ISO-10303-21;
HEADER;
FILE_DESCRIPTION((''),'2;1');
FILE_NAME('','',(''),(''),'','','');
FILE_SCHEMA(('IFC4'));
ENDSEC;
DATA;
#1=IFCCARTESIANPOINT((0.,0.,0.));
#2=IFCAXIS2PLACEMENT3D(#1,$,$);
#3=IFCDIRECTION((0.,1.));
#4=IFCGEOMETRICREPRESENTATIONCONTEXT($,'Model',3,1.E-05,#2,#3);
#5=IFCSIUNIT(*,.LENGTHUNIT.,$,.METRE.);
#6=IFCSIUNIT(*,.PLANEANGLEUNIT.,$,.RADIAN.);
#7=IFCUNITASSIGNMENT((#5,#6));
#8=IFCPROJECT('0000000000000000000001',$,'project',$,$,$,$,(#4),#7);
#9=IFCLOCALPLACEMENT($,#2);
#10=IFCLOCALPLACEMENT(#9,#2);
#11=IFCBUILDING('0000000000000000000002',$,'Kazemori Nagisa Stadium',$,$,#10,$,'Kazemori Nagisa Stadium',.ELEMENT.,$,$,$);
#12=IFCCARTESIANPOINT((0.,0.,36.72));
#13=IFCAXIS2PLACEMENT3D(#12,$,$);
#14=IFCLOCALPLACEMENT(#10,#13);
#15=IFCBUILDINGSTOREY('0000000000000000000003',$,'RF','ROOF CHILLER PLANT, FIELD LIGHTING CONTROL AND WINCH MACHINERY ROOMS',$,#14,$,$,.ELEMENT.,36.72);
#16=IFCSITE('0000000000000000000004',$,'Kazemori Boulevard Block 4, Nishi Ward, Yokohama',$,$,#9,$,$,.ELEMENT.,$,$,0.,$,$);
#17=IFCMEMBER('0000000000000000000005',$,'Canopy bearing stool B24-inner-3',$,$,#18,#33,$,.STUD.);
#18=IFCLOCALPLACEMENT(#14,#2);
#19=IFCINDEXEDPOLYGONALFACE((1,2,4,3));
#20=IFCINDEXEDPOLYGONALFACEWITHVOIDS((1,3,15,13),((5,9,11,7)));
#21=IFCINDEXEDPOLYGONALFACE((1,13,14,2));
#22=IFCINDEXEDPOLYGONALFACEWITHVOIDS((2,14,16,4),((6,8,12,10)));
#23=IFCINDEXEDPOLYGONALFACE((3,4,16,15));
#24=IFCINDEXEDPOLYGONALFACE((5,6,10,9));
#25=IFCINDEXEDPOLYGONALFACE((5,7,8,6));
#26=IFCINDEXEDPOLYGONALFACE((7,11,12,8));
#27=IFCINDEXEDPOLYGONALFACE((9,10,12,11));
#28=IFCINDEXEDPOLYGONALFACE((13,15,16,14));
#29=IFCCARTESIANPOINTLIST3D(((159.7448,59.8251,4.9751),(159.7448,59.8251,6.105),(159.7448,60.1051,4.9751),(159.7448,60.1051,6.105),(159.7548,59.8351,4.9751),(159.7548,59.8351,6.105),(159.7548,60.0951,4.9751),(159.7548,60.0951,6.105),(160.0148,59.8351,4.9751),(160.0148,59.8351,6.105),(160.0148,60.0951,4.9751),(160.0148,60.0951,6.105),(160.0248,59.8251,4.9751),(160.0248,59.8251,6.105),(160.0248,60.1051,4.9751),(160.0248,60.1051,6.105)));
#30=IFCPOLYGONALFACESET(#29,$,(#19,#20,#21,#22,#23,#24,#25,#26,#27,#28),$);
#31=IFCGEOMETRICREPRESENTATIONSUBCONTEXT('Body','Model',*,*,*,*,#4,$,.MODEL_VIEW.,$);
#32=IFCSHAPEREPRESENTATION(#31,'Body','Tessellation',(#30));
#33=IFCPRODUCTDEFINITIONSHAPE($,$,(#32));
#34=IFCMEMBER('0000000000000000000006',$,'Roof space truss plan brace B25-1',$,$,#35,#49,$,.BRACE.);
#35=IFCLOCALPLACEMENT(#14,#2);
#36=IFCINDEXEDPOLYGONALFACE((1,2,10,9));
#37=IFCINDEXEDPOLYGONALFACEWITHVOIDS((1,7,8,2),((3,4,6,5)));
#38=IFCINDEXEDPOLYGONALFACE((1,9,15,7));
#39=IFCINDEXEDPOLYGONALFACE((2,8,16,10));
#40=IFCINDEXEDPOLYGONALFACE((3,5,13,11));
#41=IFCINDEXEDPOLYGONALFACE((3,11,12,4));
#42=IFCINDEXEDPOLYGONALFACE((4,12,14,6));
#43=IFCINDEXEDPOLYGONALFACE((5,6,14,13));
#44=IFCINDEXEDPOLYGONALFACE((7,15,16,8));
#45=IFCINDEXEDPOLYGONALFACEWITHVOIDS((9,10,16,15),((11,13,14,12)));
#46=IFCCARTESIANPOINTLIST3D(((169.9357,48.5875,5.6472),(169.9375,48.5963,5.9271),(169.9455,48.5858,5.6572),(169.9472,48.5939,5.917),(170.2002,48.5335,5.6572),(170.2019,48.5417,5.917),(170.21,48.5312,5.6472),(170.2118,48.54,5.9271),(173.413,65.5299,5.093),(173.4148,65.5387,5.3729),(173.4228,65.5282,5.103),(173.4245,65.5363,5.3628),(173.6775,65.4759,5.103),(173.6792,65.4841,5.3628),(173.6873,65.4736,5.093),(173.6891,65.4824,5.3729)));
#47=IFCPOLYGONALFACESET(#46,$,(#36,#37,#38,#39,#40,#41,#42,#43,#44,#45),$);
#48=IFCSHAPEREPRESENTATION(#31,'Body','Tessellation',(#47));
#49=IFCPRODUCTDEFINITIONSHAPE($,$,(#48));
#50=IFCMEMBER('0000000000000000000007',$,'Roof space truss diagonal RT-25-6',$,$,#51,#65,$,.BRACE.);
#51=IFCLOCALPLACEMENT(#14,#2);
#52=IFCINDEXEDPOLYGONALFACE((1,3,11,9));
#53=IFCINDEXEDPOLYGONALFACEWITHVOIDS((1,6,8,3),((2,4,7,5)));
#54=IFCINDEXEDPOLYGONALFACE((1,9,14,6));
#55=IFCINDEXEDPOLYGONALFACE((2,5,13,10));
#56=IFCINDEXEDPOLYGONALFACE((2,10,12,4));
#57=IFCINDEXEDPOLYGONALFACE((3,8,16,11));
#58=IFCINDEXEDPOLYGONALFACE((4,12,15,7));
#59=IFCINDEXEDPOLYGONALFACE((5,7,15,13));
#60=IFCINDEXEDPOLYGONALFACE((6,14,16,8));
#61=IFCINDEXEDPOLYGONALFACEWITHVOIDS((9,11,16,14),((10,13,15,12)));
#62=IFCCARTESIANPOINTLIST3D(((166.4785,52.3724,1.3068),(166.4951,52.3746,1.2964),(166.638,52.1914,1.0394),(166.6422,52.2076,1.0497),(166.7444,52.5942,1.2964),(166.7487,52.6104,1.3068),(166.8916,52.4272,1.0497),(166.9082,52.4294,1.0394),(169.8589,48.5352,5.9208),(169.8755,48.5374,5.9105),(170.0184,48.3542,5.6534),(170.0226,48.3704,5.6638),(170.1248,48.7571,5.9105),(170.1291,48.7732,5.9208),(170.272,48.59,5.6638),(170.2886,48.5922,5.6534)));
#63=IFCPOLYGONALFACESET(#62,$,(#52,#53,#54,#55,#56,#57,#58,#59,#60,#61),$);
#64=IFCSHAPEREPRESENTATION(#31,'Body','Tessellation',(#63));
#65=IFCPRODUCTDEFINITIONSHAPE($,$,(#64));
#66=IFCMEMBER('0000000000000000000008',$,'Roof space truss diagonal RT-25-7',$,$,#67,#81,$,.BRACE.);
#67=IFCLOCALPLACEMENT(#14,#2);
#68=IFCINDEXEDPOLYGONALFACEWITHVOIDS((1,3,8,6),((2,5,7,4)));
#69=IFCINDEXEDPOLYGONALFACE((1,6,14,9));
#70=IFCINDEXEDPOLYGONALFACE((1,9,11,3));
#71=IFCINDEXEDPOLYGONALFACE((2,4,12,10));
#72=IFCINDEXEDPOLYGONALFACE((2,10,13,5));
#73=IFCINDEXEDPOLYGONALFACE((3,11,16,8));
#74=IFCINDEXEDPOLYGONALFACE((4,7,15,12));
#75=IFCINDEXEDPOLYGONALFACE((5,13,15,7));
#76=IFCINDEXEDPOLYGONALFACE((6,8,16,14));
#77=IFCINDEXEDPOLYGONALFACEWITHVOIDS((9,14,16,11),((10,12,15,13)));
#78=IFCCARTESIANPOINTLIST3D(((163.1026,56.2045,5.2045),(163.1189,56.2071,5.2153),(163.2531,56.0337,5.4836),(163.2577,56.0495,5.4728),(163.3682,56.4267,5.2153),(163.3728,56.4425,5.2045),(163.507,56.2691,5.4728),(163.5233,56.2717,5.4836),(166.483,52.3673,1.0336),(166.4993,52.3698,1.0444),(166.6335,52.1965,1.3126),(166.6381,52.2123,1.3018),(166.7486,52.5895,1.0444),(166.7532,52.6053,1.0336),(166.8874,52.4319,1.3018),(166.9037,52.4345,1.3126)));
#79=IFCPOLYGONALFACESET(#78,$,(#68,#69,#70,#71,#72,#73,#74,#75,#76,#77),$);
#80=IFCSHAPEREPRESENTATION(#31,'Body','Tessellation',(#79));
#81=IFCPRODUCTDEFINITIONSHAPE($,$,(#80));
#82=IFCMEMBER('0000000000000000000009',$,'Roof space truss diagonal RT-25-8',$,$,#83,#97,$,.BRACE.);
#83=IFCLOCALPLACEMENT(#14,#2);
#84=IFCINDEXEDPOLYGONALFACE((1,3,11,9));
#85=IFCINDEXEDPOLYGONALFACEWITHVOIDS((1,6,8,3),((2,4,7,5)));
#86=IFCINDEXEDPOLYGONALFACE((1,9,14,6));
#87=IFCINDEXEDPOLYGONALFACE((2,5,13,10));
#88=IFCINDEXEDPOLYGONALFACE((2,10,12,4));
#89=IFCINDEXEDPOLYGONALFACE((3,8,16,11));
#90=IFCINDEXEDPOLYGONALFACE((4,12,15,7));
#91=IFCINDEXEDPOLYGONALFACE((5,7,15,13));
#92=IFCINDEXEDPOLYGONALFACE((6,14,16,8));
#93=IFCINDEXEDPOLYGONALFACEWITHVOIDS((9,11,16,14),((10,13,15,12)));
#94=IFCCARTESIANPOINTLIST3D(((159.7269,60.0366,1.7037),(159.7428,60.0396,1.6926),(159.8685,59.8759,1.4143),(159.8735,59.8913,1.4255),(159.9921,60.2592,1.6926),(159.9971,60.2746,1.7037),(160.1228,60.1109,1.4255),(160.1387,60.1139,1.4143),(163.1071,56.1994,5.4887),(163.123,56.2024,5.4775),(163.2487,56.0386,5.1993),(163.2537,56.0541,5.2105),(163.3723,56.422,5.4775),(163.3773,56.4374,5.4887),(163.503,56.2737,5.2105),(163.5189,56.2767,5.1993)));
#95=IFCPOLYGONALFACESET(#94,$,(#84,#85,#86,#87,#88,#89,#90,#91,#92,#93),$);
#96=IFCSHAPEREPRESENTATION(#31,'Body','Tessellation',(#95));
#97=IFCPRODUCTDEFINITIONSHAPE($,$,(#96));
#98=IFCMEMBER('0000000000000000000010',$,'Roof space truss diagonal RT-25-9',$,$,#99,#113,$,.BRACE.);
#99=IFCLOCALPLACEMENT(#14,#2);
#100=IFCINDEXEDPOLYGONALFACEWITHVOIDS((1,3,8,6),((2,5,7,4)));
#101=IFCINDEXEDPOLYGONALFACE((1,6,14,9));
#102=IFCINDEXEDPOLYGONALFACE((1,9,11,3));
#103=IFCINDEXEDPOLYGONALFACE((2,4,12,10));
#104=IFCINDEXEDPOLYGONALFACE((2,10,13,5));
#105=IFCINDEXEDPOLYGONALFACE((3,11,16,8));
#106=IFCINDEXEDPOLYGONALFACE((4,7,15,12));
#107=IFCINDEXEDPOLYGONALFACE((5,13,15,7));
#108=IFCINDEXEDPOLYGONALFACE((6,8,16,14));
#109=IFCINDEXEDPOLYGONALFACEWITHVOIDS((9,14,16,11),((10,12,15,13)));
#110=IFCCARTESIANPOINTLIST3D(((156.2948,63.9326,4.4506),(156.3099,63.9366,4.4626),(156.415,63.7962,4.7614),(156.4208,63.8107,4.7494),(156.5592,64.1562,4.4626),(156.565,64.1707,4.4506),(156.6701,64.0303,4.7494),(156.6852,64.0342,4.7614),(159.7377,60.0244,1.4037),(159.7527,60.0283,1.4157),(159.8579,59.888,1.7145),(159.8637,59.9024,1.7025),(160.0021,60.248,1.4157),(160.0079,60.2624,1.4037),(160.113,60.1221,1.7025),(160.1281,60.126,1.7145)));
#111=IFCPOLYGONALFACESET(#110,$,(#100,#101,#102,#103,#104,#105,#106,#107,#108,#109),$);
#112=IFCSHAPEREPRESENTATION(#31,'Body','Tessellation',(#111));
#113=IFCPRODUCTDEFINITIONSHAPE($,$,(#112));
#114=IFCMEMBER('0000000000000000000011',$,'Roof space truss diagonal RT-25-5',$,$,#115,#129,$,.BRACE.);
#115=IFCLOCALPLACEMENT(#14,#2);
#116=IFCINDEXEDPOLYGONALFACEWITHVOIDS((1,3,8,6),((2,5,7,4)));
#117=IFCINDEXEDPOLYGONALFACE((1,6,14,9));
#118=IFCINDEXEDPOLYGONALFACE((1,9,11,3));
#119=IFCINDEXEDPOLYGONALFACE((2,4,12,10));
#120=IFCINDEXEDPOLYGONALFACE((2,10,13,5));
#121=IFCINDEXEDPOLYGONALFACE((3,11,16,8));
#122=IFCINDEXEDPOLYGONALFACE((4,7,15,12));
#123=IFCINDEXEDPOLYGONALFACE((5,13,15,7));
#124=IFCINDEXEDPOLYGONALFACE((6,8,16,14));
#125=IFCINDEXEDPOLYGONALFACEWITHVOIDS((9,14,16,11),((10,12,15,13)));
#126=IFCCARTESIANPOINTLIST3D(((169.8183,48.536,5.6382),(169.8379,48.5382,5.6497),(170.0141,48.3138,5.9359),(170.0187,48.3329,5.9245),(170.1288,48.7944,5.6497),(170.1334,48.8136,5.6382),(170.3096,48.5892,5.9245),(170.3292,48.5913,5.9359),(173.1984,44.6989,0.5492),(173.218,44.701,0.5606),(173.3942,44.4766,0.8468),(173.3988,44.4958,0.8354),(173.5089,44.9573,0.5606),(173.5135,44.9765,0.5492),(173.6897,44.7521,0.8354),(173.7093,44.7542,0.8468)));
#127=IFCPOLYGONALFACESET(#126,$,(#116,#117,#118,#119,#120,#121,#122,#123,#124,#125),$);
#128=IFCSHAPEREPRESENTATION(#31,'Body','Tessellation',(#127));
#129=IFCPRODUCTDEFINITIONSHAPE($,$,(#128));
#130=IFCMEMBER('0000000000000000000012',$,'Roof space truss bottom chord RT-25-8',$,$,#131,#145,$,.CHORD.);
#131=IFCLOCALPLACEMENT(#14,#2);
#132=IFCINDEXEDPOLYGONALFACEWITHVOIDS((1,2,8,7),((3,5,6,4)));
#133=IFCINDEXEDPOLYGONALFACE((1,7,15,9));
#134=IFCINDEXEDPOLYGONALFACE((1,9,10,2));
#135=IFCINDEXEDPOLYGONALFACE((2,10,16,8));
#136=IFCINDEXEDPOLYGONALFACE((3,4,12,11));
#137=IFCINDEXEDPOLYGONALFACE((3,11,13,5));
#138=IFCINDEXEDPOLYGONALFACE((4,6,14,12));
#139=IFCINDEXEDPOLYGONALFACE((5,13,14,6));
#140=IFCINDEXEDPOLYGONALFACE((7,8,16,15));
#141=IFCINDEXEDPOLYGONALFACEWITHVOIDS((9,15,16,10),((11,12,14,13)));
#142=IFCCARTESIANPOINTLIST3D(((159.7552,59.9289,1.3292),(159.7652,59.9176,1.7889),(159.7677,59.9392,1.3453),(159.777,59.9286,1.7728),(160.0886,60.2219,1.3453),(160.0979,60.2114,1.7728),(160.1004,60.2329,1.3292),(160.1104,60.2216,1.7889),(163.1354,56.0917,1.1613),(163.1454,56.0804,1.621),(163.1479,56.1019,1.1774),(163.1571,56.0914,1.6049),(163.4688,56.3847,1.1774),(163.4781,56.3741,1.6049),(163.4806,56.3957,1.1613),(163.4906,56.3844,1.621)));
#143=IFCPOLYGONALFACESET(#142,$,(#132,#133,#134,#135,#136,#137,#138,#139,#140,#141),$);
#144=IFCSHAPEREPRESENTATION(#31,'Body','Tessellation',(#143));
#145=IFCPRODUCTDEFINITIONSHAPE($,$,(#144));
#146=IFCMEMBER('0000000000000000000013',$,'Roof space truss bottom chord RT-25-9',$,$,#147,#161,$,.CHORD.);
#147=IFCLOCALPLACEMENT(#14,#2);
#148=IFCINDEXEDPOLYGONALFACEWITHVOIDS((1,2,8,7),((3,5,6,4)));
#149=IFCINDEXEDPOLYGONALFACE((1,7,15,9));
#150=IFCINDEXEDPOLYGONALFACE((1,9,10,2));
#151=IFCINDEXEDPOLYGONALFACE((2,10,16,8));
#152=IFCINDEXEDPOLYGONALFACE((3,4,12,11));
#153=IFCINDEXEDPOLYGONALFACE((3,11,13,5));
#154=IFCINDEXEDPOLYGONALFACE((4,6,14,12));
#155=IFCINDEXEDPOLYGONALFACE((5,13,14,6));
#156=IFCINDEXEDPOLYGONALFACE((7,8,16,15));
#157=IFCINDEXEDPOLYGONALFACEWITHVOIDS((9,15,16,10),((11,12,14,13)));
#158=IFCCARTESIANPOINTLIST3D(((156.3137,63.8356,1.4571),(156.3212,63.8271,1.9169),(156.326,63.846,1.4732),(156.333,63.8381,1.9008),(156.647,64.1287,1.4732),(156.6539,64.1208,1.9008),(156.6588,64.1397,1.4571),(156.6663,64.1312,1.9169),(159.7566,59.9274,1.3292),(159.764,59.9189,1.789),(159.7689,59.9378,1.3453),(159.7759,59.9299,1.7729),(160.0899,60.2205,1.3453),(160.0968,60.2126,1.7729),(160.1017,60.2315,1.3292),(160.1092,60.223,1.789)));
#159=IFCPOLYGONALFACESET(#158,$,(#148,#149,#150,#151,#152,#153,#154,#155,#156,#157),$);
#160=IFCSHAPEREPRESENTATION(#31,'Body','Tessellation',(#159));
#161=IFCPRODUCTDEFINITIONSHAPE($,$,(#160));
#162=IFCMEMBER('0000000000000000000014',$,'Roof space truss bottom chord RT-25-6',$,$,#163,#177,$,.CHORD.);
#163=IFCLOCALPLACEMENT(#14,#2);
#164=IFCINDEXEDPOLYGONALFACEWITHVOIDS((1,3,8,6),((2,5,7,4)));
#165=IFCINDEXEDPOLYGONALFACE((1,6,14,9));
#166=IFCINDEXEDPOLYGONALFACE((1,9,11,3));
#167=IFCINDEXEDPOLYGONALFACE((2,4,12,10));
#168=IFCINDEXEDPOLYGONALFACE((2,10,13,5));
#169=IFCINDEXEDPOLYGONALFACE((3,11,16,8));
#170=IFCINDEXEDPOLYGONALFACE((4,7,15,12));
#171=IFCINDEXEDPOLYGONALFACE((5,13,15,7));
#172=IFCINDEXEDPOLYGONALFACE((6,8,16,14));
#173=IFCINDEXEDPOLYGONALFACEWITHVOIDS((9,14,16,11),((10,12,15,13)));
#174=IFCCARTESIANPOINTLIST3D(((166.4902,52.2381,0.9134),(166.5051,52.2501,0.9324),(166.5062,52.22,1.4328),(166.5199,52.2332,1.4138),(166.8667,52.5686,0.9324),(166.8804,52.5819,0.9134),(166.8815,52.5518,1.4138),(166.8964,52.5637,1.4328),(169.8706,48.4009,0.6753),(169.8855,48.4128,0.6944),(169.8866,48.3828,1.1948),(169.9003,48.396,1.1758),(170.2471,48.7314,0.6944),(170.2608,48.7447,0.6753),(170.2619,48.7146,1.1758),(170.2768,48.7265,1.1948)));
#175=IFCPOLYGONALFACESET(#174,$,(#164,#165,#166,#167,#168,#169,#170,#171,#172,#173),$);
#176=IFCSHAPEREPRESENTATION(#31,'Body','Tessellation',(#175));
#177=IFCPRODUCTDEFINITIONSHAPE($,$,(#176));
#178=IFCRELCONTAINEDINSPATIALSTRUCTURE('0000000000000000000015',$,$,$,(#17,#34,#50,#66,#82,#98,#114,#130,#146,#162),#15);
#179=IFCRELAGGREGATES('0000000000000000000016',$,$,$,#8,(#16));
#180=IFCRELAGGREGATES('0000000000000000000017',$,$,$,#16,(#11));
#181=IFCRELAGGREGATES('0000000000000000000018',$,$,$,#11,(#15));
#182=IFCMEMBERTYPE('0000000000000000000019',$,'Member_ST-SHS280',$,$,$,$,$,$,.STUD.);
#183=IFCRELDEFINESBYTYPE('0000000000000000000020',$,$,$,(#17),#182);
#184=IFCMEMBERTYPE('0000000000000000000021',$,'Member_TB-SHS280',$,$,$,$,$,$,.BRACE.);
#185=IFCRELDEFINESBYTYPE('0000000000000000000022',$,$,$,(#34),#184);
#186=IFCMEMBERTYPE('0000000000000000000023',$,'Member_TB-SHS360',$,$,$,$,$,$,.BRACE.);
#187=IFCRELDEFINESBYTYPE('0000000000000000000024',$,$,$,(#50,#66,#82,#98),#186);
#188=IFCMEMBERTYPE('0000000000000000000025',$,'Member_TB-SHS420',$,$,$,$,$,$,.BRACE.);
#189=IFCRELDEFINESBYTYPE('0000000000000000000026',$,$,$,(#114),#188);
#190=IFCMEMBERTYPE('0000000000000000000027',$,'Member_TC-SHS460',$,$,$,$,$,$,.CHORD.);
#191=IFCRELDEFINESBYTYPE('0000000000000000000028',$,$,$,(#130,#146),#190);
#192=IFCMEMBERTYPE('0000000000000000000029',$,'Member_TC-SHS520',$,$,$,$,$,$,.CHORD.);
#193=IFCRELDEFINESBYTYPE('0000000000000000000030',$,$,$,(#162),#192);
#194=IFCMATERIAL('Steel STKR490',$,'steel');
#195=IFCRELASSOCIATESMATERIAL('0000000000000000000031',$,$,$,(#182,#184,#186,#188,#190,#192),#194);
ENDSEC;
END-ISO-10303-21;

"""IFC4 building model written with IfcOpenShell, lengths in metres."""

from ifc_helpers import new_model, si_unit, direction, frame, origin, origin_2d, place, context, subcontext, project, spatial, hollow_rectangle, extrude, material, material_profile, profile_set, type_object, element, save


model = new_model("IFC4")

# Units and contexts
model_context = context("Model", 3, precision=1e-05, world=origin(), true_north=direction((0.0, 1.0)))
body_context = subcontext(model_context, "Body", "Model", "MODEL_VIEW")
ifc_project = project(units=[si_unit("LENGTHUNIT", "METRE"), si_unit("PLANEANGLEUNIT", "RADIAN")], contexts=[model_context])

# Site, building, storey
site_placement = place(None, origin())
site = spatial("IfcSite", under=ifc_project, at=site_placement, Name="Kazemori Boulevard Block 4, Nishi Ward, Yokohama", CompositionType="ELEMENT", RefElevation=0.0)
building_placement = place(site_placement, origin())
building = spatial("IfcBuilding", under=site, at=building_placement, Name="Kazemori Nagisa Stadium", LongName="Kazemori Nagisa Stadium", CompositionType="ELEMENT")
storey_placement = place(building_placement, frame((0.0, 0.0, 36.72)))
storey = spatial("IfcBuildingStorey", under=building, at=storey_placement, Name="RF", Description="ROOF CHILLER PLANT, FIELD LIGHTING CONTROL AND WINCH MACHINERY ROOMS", CompositionType="ELEMENT", Elevation=36.72)

# Members
ifc_material_1 = material(Name="Steel STKR490", Category="steel")
ifc_material_profile_1 = material_profile(ifc_material_1, hollow_rectangle(XDim=0.28, YDim=0.28, WallThickness=0.01, at=origin_2d()), Name="SHS-280x280x10")
ifc_profile_set_1 = profile_set([ifc_material_profile_1], Name="Steel STKR490")
member_type_1 = type_object("IfcMemberType", Name="Member_ST-SHS280", PredefinedType="STUD", material=ifc_profile_set_1)
member_1_placement = place(storey_placement, frame((159.8848, 59.9651, 4.9751), z_axis=(0.0, 0.0, 1.0), x_axis=(1.0, 0.0, 0.0)))
element("IfcMember", 1, at=member_1_placement, inside=storey, type_object=member_type_1, Name="Canopy bearing stool B24-inner-3", PredefinedType="STUD", context=body_context, shape_type="SweptSolid", body=[
    extrude(hollow_rectangle(XDim=0.28, YDim=0.28, WallThickness=0.01, at=origin_2d()), origin(), (0.0, 0.0, 1.0), 1.1299),
])
ifc_material_profile_2 = material_profile(ifc_material_1, hollow_rectangle(XDim=0.28, YDim=0.28, WallThickness=0.01, at=origin_2d()), Name="SHS-280x280x10")
ifc_profile_set_2 = profile_set([ifc_material_profile_2], Name="Steel STKR490")
member_type_2 = type_object("IfcMemberType", Name="Member_TB-SHS280", PredefinedType="BRACE", material=ifc_profile_set_2)
member_2_placement = place(storey_placement, frame((170.0737, 48.5637, 5.7871), z_axis=(0.200948, 0.979078, -0.032026), x_axis=(-0.979581, 0.201051, 0.0)))
element("IfcMember", 2, at=member_2_placement, inside=storey, type_object=member_type_2, Name="Roof space truss plan brace B25-1", PredefinedType="BRACE", context=body_context, shape_type="SweptSolid", body=[
    extrude(hollow_rectangle(XDim=0.28, YDim=0.28, WallThickness=0.01, at=origin_2d()), origin(), (0.0, 0.0, 1.0), 17.3044),
])
ifc_material_profile_3 = material_profile(ifc_material_1, hollow_rectangle(XDim=0.3601, YDim=0.3601, WallThickness=0.0139, at=origin_2d()), Name="SHS-360x360x14")
ifc_profile_set_3 = profile_set([ifc_material_profile_3], Name="Steel STKR490")
member_type_3 = type_object("IfcMemberType", Name="Member_TB-SHS360", PredefinedType="BRACE", material=ifc_profile_set_3)
member_3_placement = place(storey_placement, frame((170.0737, 48.5637, 5.7871), z_axis=(-0.490787, 0.557106, -0.669896), x_axis=(-0.750357, -0.661032, 0.0)))
element("IfcMember", 3, at=member_3_placement, inside=storey, type_object=member_type_3, Name="Roof space truss diagonal RT-25-6", PredefinedType="BRACE", context=body_context, shape_type="SweptSolid", body=[
    extrude(hollow_rectangle(XDim=0.3601, YDim=0.3601, WallThickness=0.0139, at=origin_2d()), origin(), (0.0, 0.0, 1.0), 6.8877),
])
member_4_placement = place(storey_placement, frame((166.6934, 52.4009, 1.1731), z_axis=(-0.512253, 0.581474, 0.632048), x_axis=(-0.750357, -0.661032, 0.0)))
element("IfcMember", 4, at=member_4_placement, inside=storey, type_object=member_type_3, Name="Roof space truss diagonal RT-25-7", PredefinedType="BRACE", context=body_context, shape_type="SweptSolid", body=[
    extrude(hollow_rectangle(XDim=0.3601, YDim=0.3601, WallThickness=0.0139, at=origin_2d()), origin(), (0.0, 0.0, 1.0), 6.5991),
])
member_5_placement = place(storey_placement, frame((163.313, 56.238, 5.344), z_axis=(-0.531302, 0.60314, -0.594928), x_axis=(-0.750381, -0.661006, 0.0)))
element("IfcMember", 5, at=member_5_placement, inside=storey, type_object=member_type_3, Name="Roof space truss diagonal RT-25-8", PredefinedType="BRACE", context=body_context, shape_type="SweptSolid", body=[
    extrude(hollow_rectangle(XDim=0.3601, YDim=0.3601, WallThickness=0.0139, at=origin_2d()), origin(), (0.0, 0.0, 1.0), 6.3621),
])
member_6_placement = place(storey_placement, frame((159.9329, 60.0752, 1.5591), z_axis=(-0.570565, 0.647682, 0.504939), x_axis=(-0.750366, -0.661023, 0.0)))
element("IfcMember", 6, at=member_6_placement, inside=storey, type_object=member_type_3, Name="Roof space truss diagonal RT-25-9", PredefinedType="BRACE", context=body_context, shape_type="SweptSolid", body=[
    extrude(hollow_rectangle(XDim=0.3601, YDim=0.3601, WallThickness=0.0139, at=origin_2d()), origin(), (0.0, 0.0, 1.0), 6.0342),
])
ifc_material_profile_4 = material_profile(ifc_material_1, hollow_rectangle(XDim=0.4199, YDim=0.4199, WallThickness=0.0161, at=origin_2d()), Name="SHS-420x420x16")
ifc_profile_set_4 = profile_set([ifc_material_profile_4], Name="Steel STKR490")
member_type_4 = type_object("IfcMemberType", Name="Member_TB-SHS420", PredefinedType="BRACE", material=ifc_profile_set_4)
member_7_placement = place(storey_placement, frame((173.4539, 44.7266, 0.698), z_axis=(-0.468523, 0.531872, 0.705407), x_axis=(-0.750381, -0.661006, 0.0)))
element("IfcMember", 7, at=member_7_placement, inside=storey, type_object=member_type_4, Name="Roof space truss diagonal RT-25-5", PredefinedType="BRACE", context=body_context, shape_type="SweptSolid", body=[
    extrude(hollow_rectangle(XDim=0.4199, YDim=0.4199, WallThickness=0.0161, at=origin_2d()), origin(), (0.0, 0.0, 1.0), 7.2144),
])
ifc_material_profile_5 = material_profile(ifc_material_1, hollow_rectangle(XDim=0.46, YDim=0.46, WallThickness=0.0161, at=origin_2d()), Name="SHS-460x460x16")
ifc_profile_set_5 = profile_set([ifc_material_profile_5], Name="Steel STKR490")
member_type_5 = type_object("IfcMemberType", Name="Member_TC-SHS460", PredefinedType="CHORD", material=ifc_profile_set_5)
member_8_placement = place(storey_placement, frame((163.313, 56.238, 1.3911), z_axis=(-0.660649, 0.749976, 0.03283), x_axis=(-0.750381, -0.661006, 0.0)))
element("IfcMember", 8, at=member_8_placement, inside=storey, type_object=member_type_5, Name="Roof space truss bottom chord RT-25-8", PredefinedType="CHORD", context=body_context, shape_type="SweptSolid", body=[
    extrude(hollow_rectangle(XDim=0.46, YDim=0.46, WallThickness=0.0161, at=origin_2d()), origin(), (0.0, 0.0, 1.0), 5.1165),
])
member_9_placement = place(storey_placement, frame((159.9329, 60.0752, 1.5591), z_axis=(-0.660824, 0.750139, 0.024555), x_axis=(-0.750366, -0.661023, 0.0)))
element("IfcMember", 9, at=member_9_placement, inside=storey, type_object=member_type_5, Name="Roof space truss bottom chord RT-25-9", PredefinedType="CHORD", context=body_context, shape_type="SweptSolid", body=[
    extrude(hollow_rectangle(XDim=0.46, YDim=0.46, WallThickness=0.0161, at=origin_2d()), origin(), (0.0, 0.0, 1.0), 5.21),
])
ifc_material_profile_6 = material_profile(ifc_material_1, hollow_rectangle(XDim=0.52, YDim=0.52, WallThickness=0.019, at=origin_2d()), Name="SHS-520x520x19")
ifc_profile_set_6 = profile_set([ifc_material_profile_6], Name="Steel STKR490")
member_type_6 = type_object("IfcMemberType", Name="Member_TC-SHS520", PredefinedType="CHORD", material=ifc_profile_set_6)
member_10_placement = place(storey_placement, frame((170.0737, 48.5637, 0.9351), z_axis=(-0.660317, 0.749546, 0.046498), x_axis=(-0.750357, -0.661032, 0.0)))
element("IfcMember", 10, at=member_10_placement, inside=storey, type_object=member_type_6, Name="Roof space truss bottom chord RT-25-6", PredefinedType="CHORD", context=body_context, shape_type="SweptSolid", body=[
    extrude(hollow_rectangle(XDim=0.52, YDim=0.52, WallThickness=0.019, at=origin_2d()), origin(), (0.0, 0.0, 1.0), 5.1194),
])

save(model, "model.ifc")
